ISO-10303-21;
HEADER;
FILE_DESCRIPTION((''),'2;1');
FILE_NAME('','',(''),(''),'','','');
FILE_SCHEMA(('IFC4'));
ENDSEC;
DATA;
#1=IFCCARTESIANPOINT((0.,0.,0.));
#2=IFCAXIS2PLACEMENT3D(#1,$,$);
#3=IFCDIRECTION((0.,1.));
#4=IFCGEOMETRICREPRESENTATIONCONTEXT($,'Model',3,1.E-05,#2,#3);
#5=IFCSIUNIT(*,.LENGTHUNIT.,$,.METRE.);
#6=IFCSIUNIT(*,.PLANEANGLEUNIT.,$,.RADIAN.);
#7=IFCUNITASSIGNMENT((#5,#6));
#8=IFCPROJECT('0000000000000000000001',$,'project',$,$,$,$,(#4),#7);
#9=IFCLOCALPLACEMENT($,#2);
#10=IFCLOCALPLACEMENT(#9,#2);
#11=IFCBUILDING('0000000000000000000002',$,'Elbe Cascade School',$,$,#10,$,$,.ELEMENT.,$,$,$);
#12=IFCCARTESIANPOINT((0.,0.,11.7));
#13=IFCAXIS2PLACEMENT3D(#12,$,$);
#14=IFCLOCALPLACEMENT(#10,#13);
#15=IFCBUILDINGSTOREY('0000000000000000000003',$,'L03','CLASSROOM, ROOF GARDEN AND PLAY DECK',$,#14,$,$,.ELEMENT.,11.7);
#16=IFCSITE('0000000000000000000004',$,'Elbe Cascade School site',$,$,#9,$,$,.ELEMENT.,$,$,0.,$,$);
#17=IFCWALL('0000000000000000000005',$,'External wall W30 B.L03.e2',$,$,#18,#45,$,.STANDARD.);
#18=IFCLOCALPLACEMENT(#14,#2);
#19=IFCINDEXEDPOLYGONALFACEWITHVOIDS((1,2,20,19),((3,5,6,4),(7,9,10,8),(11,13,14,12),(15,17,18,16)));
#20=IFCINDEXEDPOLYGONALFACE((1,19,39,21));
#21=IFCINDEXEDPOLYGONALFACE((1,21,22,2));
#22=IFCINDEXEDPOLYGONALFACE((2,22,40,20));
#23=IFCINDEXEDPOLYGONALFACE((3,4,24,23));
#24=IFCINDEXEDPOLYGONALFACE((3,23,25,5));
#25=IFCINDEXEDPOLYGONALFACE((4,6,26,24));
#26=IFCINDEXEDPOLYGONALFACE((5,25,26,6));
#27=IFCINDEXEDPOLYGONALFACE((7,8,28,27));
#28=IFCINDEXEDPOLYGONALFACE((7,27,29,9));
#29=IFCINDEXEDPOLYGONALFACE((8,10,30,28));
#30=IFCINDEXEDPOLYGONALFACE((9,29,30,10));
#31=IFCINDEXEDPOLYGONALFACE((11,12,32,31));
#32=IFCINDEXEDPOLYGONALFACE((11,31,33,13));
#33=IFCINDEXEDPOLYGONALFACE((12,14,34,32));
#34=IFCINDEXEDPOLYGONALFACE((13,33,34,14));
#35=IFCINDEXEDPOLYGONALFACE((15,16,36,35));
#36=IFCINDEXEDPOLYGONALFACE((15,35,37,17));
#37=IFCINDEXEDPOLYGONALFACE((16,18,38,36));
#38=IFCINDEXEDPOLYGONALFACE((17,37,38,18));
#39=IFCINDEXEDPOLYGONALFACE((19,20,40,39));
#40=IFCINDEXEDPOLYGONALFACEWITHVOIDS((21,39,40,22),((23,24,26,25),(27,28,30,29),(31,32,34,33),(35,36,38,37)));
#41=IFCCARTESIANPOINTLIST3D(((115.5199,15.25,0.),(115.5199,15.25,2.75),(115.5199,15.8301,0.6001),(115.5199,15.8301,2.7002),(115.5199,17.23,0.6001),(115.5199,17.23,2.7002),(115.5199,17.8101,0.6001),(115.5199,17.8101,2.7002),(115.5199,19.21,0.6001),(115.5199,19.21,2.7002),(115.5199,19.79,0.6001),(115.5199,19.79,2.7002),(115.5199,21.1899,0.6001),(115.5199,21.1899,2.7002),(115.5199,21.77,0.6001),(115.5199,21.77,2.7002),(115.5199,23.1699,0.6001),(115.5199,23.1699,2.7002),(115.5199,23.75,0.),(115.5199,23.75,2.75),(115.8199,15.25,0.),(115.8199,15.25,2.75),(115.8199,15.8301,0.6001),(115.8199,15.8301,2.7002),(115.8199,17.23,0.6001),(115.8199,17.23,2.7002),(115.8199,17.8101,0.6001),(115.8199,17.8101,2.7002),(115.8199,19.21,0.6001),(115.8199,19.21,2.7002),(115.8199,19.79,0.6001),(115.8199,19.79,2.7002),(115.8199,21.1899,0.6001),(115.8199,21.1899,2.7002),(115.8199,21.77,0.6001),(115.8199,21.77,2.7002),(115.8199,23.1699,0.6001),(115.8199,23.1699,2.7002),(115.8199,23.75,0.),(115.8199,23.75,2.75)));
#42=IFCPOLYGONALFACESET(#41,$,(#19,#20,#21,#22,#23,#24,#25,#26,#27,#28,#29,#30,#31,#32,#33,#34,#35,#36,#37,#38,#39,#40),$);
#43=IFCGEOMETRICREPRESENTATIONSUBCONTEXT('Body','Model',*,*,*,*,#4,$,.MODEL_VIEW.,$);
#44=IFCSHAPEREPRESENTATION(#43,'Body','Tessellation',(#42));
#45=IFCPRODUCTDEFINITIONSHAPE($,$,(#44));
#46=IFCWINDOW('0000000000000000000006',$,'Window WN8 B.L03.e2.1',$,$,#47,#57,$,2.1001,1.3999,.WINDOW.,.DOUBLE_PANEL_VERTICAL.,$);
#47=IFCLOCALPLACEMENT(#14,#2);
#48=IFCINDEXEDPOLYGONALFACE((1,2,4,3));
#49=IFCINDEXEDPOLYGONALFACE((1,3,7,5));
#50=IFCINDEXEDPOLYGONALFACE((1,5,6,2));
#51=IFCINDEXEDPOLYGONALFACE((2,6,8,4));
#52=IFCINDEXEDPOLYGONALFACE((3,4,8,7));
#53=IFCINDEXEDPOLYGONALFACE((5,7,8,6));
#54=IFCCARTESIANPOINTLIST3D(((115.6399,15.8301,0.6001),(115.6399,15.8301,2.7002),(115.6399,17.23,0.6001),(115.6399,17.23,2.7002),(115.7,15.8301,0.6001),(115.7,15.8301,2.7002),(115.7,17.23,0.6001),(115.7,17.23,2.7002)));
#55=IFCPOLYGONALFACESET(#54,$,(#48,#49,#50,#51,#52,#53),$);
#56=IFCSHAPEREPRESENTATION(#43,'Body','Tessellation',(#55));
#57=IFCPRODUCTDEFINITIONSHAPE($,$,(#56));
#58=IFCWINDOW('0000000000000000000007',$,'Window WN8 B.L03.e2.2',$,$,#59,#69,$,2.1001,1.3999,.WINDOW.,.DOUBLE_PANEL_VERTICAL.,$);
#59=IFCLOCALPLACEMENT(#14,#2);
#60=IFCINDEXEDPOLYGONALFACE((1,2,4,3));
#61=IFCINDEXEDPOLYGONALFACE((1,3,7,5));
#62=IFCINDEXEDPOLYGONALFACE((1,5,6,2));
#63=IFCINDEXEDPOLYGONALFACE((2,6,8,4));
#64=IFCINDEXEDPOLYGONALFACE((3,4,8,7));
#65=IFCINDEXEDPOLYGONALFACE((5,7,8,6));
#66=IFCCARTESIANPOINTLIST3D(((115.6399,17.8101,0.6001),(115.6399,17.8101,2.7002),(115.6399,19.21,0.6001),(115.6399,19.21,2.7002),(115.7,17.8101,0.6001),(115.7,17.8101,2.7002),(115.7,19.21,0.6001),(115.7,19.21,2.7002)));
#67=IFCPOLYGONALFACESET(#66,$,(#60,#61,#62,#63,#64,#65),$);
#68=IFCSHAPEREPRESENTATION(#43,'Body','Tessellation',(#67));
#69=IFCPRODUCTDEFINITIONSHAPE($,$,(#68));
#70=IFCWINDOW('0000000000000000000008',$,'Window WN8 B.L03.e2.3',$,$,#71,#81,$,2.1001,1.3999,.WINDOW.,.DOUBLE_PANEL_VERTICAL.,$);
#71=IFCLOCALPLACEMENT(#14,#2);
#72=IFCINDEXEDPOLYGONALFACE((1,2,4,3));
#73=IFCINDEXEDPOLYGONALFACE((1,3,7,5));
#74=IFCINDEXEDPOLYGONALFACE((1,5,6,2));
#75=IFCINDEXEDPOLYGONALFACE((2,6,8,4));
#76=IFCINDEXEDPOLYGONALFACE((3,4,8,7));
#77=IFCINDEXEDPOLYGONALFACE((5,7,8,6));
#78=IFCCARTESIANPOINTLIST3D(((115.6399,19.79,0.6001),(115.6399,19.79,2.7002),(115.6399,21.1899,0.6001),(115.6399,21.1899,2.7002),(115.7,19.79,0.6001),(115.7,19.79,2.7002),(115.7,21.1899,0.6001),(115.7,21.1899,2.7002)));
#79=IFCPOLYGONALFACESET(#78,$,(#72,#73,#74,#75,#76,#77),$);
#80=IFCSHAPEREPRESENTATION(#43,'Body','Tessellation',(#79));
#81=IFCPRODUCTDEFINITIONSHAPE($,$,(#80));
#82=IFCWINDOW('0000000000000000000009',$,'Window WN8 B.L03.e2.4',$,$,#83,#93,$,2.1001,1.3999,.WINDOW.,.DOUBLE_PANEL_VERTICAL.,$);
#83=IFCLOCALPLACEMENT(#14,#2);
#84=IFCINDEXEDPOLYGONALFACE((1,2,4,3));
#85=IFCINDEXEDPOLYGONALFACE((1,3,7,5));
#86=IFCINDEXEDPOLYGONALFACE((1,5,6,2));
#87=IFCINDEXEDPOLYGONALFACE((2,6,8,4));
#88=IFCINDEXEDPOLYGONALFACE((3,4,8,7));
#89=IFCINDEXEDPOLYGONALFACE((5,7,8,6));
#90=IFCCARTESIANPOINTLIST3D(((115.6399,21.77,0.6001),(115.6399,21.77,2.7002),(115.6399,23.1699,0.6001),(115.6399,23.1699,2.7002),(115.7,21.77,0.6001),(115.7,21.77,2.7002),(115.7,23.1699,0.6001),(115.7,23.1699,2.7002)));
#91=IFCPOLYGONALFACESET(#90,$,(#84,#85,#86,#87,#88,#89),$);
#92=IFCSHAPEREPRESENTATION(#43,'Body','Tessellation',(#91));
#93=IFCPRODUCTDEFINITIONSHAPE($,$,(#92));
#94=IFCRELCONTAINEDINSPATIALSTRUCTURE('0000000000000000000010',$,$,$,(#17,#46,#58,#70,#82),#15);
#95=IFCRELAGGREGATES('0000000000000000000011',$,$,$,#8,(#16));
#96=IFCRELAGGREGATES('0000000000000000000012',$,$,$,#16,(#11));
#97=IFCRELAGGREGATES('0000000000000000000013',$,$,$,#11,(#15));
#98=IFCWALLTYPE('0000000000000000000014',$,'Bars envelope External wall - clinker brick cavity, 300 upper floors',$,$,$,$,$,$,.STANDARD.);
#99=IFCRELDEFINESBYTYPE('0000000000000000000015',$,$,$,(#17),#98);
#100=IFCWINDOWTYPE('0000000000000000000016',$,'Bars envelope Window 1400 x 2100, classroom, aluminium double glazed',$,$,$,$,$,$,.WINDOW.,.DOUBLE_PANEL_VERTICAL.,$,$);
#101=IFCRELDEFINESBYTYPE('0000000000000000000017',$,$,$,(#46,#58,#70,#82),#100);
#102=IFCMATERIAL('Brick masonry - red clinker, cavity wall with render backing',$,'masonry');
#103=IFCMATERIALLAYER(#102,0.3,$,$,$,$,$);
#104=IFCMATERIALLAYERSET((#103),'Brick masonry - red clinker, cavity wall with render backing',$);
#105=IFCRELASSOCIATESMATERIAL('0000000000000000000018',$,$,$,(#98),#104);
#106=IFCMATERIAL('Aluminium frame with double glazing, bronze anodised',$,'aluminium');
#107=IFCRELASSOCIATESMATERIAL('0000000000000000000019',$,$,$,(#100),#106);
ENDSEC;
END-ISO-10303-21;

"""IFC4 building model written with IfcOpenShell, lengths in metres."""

from ifc_helpers import new_model, si_unit, direction, frame, frame_2d, origin, place, context, subcontext, project, spatial, rectangle, extrude, material, layer, layer_set, type_object, element, fill, save


model = new_model("IFC4")

# Units and contexts
model_context = context("Model", 3, precision=1e-05, world=origin(), true_north=direction((0.0, 1.0)))
body_context = subcontext(model_context, "Body", "Model", "MODEL_VIEW")
ifc_project = project(units=[si_unit("LENGTHUNIT", "METRE"), si_unit("PLANEANGLEUNIT", "RADIAN")], contexts=[model_context])

# Site, building, storey
site_placement = place(None, origin())
site = spatial("IfcSite", under=ifc_project, at=site_placement, Name="Elbe Cascade School site", CompositionType="ELEMENT", RefElevation=0.0)
building_placement = place(site_placement, origin())
building = spatial("IfcBuilding", under=site, at=building_placement, Name="Elbe Cascade School", CompositionType="ELEMENT")
storey_placement = place(building_placement, frame((0.0, 0.0, 11.7)))
storey = spatial("IfcBuildingStorey", under=building, at=storey_placement, Name="L03", Description="CLASSROOM, ROOF GARDEN AND PLAY DECK", CompositionType="ELEMENT", Elevation=11.7)

# Wall, openings, windows
ifc_material_1 = material(Name="Brick masonry - red clinker, cavity wall with render backing", Category="masonry")
ifc_layer_1 = layer(ifc_material_1, 0.3)
ifc_layer_set_1 = layer_set([ifc_layer_1], Name="Brick masonry - red clinker, cavity wall with render backing")
wall_type_1 = type_object("IfcWallType", Name="Bars envelope External wall - clinker brick cavity, 300 upper floors", PredefinedType="STANDARD", material=ifc_layer_set_1)
ifc_material_2 = material(Name="Aluminium frame with double glazing, bronze anodised", Category="aluminium")
window_type = type_object("IfcWindowType", Name="Bars envelope Window 1400 x 2100, classroom, aluminium double glazed", PartitioningType="DOUBLE_PANEL_VERTICAL", PredefinedType="WINDOW", material=ifc_material_2)
wall_1_placement = place(storey_placement, frame((115.6699, 23.75, 0.0), z_axis=(0.0, 0.0, 1.0), x_axis=(0.0, -1.0, 0.0)))
wall_1 = element("IfcWall", 1, at=wall_1_placement, inside=storey, type_object=wall_type_1, Name="External wall W30 B.L03.e2", PredefinedType="STANDARD", context=body_context, shape_type="SweptSolid", body=[
    extrude(rectangle(XDim=8.5, YDim=0.3, at=frame_2d((4.25, 0.0))), origin(), (0.0, 0.0, 1.0), 2.75),
])
opening_1_placement = place(wall_1_placement, frame((6.52, 0.0, 0.6001)))
opening_1 = element("IfcOpeningElement", 2, at=opening_1_placement, cuts=wall_1, PredefinedType="OPENING", context=body_context, shape_type="SweptSolid", body=[
    extrude(rectangle(XDim=1.3999, YDim=2.1001, at=frame_2d((0.7, 1.05))), frame((0.0, 0.1599, 0.0), z_axis=(0.0, -1.0, 0.0), x_axis=(1.0, 0.0, 0.0)), (0.0, 0.0, 1.0), 0.3201),
])
opening_2_placement = place(wall_1_placement, frame((4.54, 0.0, 0.6001)))
opening_2 = element("IfcOpeningElement", 3, at=opening_2_placement, cuts=wall_1, PredefinedType="OPENING", context=body_context, shape_type="SweptSolid", body=[
    extrude(rectangle(XDim=1.3999, YDim=2.1001, at=frame_2d((0.7, 1.05))), frame((0.0, 0.1599, 0.0), z_axis=(0.0, -1.0, 0.0), x_axis=(1.0, 0.0, 0.0)), (0.0, 0.0, 1.0), 0.3201),
])
opening_3_placement = place(wall_1_placement, frame((2.5601, 0.0, 0.6001)))
opening_3 = element("IfcOpeningElement", 4, at=opening_3_placement, cuts=wall_1, PredefinedType="OPENING", context=body_context, shape_type="SweptSolid", body=[
    extrude(rectangle(XDim=1.3999, YDim=2.1001, at=frame_2d((0.7, 1.05))), frame((0.0, 0.1599, 0.0), z_axis=(0.0, -1.0, 0.0), x_axis=(1.0, 0.0, 0.0)), (0.0, 0.0, 1.0), 0.3201),
])
opening_4_placement = place(wall_1_placement, frame((0.5801, 0.0, 0.6001)))
opening_4 = element("IfcOpeningElement", 5, at=opening_4_placement, cuts=wall_1, PredefinedType="OPENING", context=body_context, shape_type="SweptSolid", body=[
    extrude(rectangle(XDim=1.3999, YDim=2.1001, at=frame_2d((0.7, 1.05))), frame((0.0, 0.1599, 0.0), z_axis=(0.0, -1.0, 0.0), x_axis=(1.0, 0.0, 0.0)), (0.0, 0.0, 1.0), 0.3201),
])
window_1_placement = place(opening_1_placement, origin())
window_1 = element("IfcWindow", 6, at=window_1_placement, inside=storey, type_object=window_type, Name="Window WN8 B.L03.e2.1", OverallHeight=2.1001, OverallWidth=1.3999, PartitioningType="DOUBLE_PANEL_VERTICAL", PredefinedType="WINDOW", context=body_context, shape_type="SweptSolid", body=[
    extrude(rectangle(XDim=1.3999, YDim=2.1001, at=frame_2d((0.7, 1.05))), frame((0.0, 0.03, 0.0), z_axis=(0.0, -1.0, 0.0), x_axis=(1.0, 0.0, 0.0)), (0.0, 0.0, 1.0), 0.0601),
])
fill(opening_1, window_1)
window_2_placement = place(opening_2_placement, origin())
window_2 = element("IfcWindow", 7, at=window_2_placement, inside=storey, type_object=window_type, Name="Window WN8 B.L03.e2.2", OverallHeight=2.1001, OverallWidth=1.3999, PartitioningType="DOUBLE_PANEL_VERTICAL", PredefinedType="WINDOW", context=body_context, shape_type="SweptSolid", body=[
    extrude(rectangle(XDim=1.3999, YDim=2.1001, at=frame_2d((0.7, 1.05))), frame((0.0, 0.03, 0.0), z_axis=(0.0, -1.0, 0.0), x_axis=(1.0, 0.0, 0.0)), (0.0, 0.0, 1.0), 0.0601),
])
fill(opening_2, window_2)
window_3_placement = place(opening_3_placement, origin())
window_3 = element("IfcWindow", 8, at=window_3_placement, inside=storey, type_object=window_type, Name="Window WN8 B.L03.e2.3", OverallHeight=2.1001, OverallWidth=1.3999, PartitioningType="DOUBLE_PANEL_VERTICAL", PredefinedType="WINDOW", context=body_context, shape_type="SweptSolid", body=[
    extrude(rectangle(XDim=1.3999, YDim=2.1001, at=frame_2d((0.7, 1.05))), frame((0.0, 0.03, 0.0), z_axis=(0.0, -1.0, 0.0), x_axis=(1.0, 0.0, 0.0)), (0.0, 0.0, 1.0), 0.0601),
])
fill(opening_3, window_3)
window_4_placement = place(opening_4_placement, origin())
window_4 = element("IfcWindow", 9, at=window_4_placement, inside=storey, type_object=window_type, Name="Window WN8 B.L03.e2.4", OverallHeight=2.1001, OverallWidth=1.3999, PartitioningType="DOUBLE_PANEL_VERTICAL", PredefinedType="WINDOW", context=body_context, shape_type="SweptSolid", body=[
    extrude(rectangle(XDim=1.3999, YDim=2.1001, at=frame_2d((0.7, 1.05))), frame((0.0, 0.03, 0.0), z_axis=(0.0, -1.0, 0.0), x_axis=(1.0, 0.0, 0.0)), (0.0, 0.0, 1.0), 0.0601),
])
fill(opening_4, window_4)

save(model, "model.ifc")
